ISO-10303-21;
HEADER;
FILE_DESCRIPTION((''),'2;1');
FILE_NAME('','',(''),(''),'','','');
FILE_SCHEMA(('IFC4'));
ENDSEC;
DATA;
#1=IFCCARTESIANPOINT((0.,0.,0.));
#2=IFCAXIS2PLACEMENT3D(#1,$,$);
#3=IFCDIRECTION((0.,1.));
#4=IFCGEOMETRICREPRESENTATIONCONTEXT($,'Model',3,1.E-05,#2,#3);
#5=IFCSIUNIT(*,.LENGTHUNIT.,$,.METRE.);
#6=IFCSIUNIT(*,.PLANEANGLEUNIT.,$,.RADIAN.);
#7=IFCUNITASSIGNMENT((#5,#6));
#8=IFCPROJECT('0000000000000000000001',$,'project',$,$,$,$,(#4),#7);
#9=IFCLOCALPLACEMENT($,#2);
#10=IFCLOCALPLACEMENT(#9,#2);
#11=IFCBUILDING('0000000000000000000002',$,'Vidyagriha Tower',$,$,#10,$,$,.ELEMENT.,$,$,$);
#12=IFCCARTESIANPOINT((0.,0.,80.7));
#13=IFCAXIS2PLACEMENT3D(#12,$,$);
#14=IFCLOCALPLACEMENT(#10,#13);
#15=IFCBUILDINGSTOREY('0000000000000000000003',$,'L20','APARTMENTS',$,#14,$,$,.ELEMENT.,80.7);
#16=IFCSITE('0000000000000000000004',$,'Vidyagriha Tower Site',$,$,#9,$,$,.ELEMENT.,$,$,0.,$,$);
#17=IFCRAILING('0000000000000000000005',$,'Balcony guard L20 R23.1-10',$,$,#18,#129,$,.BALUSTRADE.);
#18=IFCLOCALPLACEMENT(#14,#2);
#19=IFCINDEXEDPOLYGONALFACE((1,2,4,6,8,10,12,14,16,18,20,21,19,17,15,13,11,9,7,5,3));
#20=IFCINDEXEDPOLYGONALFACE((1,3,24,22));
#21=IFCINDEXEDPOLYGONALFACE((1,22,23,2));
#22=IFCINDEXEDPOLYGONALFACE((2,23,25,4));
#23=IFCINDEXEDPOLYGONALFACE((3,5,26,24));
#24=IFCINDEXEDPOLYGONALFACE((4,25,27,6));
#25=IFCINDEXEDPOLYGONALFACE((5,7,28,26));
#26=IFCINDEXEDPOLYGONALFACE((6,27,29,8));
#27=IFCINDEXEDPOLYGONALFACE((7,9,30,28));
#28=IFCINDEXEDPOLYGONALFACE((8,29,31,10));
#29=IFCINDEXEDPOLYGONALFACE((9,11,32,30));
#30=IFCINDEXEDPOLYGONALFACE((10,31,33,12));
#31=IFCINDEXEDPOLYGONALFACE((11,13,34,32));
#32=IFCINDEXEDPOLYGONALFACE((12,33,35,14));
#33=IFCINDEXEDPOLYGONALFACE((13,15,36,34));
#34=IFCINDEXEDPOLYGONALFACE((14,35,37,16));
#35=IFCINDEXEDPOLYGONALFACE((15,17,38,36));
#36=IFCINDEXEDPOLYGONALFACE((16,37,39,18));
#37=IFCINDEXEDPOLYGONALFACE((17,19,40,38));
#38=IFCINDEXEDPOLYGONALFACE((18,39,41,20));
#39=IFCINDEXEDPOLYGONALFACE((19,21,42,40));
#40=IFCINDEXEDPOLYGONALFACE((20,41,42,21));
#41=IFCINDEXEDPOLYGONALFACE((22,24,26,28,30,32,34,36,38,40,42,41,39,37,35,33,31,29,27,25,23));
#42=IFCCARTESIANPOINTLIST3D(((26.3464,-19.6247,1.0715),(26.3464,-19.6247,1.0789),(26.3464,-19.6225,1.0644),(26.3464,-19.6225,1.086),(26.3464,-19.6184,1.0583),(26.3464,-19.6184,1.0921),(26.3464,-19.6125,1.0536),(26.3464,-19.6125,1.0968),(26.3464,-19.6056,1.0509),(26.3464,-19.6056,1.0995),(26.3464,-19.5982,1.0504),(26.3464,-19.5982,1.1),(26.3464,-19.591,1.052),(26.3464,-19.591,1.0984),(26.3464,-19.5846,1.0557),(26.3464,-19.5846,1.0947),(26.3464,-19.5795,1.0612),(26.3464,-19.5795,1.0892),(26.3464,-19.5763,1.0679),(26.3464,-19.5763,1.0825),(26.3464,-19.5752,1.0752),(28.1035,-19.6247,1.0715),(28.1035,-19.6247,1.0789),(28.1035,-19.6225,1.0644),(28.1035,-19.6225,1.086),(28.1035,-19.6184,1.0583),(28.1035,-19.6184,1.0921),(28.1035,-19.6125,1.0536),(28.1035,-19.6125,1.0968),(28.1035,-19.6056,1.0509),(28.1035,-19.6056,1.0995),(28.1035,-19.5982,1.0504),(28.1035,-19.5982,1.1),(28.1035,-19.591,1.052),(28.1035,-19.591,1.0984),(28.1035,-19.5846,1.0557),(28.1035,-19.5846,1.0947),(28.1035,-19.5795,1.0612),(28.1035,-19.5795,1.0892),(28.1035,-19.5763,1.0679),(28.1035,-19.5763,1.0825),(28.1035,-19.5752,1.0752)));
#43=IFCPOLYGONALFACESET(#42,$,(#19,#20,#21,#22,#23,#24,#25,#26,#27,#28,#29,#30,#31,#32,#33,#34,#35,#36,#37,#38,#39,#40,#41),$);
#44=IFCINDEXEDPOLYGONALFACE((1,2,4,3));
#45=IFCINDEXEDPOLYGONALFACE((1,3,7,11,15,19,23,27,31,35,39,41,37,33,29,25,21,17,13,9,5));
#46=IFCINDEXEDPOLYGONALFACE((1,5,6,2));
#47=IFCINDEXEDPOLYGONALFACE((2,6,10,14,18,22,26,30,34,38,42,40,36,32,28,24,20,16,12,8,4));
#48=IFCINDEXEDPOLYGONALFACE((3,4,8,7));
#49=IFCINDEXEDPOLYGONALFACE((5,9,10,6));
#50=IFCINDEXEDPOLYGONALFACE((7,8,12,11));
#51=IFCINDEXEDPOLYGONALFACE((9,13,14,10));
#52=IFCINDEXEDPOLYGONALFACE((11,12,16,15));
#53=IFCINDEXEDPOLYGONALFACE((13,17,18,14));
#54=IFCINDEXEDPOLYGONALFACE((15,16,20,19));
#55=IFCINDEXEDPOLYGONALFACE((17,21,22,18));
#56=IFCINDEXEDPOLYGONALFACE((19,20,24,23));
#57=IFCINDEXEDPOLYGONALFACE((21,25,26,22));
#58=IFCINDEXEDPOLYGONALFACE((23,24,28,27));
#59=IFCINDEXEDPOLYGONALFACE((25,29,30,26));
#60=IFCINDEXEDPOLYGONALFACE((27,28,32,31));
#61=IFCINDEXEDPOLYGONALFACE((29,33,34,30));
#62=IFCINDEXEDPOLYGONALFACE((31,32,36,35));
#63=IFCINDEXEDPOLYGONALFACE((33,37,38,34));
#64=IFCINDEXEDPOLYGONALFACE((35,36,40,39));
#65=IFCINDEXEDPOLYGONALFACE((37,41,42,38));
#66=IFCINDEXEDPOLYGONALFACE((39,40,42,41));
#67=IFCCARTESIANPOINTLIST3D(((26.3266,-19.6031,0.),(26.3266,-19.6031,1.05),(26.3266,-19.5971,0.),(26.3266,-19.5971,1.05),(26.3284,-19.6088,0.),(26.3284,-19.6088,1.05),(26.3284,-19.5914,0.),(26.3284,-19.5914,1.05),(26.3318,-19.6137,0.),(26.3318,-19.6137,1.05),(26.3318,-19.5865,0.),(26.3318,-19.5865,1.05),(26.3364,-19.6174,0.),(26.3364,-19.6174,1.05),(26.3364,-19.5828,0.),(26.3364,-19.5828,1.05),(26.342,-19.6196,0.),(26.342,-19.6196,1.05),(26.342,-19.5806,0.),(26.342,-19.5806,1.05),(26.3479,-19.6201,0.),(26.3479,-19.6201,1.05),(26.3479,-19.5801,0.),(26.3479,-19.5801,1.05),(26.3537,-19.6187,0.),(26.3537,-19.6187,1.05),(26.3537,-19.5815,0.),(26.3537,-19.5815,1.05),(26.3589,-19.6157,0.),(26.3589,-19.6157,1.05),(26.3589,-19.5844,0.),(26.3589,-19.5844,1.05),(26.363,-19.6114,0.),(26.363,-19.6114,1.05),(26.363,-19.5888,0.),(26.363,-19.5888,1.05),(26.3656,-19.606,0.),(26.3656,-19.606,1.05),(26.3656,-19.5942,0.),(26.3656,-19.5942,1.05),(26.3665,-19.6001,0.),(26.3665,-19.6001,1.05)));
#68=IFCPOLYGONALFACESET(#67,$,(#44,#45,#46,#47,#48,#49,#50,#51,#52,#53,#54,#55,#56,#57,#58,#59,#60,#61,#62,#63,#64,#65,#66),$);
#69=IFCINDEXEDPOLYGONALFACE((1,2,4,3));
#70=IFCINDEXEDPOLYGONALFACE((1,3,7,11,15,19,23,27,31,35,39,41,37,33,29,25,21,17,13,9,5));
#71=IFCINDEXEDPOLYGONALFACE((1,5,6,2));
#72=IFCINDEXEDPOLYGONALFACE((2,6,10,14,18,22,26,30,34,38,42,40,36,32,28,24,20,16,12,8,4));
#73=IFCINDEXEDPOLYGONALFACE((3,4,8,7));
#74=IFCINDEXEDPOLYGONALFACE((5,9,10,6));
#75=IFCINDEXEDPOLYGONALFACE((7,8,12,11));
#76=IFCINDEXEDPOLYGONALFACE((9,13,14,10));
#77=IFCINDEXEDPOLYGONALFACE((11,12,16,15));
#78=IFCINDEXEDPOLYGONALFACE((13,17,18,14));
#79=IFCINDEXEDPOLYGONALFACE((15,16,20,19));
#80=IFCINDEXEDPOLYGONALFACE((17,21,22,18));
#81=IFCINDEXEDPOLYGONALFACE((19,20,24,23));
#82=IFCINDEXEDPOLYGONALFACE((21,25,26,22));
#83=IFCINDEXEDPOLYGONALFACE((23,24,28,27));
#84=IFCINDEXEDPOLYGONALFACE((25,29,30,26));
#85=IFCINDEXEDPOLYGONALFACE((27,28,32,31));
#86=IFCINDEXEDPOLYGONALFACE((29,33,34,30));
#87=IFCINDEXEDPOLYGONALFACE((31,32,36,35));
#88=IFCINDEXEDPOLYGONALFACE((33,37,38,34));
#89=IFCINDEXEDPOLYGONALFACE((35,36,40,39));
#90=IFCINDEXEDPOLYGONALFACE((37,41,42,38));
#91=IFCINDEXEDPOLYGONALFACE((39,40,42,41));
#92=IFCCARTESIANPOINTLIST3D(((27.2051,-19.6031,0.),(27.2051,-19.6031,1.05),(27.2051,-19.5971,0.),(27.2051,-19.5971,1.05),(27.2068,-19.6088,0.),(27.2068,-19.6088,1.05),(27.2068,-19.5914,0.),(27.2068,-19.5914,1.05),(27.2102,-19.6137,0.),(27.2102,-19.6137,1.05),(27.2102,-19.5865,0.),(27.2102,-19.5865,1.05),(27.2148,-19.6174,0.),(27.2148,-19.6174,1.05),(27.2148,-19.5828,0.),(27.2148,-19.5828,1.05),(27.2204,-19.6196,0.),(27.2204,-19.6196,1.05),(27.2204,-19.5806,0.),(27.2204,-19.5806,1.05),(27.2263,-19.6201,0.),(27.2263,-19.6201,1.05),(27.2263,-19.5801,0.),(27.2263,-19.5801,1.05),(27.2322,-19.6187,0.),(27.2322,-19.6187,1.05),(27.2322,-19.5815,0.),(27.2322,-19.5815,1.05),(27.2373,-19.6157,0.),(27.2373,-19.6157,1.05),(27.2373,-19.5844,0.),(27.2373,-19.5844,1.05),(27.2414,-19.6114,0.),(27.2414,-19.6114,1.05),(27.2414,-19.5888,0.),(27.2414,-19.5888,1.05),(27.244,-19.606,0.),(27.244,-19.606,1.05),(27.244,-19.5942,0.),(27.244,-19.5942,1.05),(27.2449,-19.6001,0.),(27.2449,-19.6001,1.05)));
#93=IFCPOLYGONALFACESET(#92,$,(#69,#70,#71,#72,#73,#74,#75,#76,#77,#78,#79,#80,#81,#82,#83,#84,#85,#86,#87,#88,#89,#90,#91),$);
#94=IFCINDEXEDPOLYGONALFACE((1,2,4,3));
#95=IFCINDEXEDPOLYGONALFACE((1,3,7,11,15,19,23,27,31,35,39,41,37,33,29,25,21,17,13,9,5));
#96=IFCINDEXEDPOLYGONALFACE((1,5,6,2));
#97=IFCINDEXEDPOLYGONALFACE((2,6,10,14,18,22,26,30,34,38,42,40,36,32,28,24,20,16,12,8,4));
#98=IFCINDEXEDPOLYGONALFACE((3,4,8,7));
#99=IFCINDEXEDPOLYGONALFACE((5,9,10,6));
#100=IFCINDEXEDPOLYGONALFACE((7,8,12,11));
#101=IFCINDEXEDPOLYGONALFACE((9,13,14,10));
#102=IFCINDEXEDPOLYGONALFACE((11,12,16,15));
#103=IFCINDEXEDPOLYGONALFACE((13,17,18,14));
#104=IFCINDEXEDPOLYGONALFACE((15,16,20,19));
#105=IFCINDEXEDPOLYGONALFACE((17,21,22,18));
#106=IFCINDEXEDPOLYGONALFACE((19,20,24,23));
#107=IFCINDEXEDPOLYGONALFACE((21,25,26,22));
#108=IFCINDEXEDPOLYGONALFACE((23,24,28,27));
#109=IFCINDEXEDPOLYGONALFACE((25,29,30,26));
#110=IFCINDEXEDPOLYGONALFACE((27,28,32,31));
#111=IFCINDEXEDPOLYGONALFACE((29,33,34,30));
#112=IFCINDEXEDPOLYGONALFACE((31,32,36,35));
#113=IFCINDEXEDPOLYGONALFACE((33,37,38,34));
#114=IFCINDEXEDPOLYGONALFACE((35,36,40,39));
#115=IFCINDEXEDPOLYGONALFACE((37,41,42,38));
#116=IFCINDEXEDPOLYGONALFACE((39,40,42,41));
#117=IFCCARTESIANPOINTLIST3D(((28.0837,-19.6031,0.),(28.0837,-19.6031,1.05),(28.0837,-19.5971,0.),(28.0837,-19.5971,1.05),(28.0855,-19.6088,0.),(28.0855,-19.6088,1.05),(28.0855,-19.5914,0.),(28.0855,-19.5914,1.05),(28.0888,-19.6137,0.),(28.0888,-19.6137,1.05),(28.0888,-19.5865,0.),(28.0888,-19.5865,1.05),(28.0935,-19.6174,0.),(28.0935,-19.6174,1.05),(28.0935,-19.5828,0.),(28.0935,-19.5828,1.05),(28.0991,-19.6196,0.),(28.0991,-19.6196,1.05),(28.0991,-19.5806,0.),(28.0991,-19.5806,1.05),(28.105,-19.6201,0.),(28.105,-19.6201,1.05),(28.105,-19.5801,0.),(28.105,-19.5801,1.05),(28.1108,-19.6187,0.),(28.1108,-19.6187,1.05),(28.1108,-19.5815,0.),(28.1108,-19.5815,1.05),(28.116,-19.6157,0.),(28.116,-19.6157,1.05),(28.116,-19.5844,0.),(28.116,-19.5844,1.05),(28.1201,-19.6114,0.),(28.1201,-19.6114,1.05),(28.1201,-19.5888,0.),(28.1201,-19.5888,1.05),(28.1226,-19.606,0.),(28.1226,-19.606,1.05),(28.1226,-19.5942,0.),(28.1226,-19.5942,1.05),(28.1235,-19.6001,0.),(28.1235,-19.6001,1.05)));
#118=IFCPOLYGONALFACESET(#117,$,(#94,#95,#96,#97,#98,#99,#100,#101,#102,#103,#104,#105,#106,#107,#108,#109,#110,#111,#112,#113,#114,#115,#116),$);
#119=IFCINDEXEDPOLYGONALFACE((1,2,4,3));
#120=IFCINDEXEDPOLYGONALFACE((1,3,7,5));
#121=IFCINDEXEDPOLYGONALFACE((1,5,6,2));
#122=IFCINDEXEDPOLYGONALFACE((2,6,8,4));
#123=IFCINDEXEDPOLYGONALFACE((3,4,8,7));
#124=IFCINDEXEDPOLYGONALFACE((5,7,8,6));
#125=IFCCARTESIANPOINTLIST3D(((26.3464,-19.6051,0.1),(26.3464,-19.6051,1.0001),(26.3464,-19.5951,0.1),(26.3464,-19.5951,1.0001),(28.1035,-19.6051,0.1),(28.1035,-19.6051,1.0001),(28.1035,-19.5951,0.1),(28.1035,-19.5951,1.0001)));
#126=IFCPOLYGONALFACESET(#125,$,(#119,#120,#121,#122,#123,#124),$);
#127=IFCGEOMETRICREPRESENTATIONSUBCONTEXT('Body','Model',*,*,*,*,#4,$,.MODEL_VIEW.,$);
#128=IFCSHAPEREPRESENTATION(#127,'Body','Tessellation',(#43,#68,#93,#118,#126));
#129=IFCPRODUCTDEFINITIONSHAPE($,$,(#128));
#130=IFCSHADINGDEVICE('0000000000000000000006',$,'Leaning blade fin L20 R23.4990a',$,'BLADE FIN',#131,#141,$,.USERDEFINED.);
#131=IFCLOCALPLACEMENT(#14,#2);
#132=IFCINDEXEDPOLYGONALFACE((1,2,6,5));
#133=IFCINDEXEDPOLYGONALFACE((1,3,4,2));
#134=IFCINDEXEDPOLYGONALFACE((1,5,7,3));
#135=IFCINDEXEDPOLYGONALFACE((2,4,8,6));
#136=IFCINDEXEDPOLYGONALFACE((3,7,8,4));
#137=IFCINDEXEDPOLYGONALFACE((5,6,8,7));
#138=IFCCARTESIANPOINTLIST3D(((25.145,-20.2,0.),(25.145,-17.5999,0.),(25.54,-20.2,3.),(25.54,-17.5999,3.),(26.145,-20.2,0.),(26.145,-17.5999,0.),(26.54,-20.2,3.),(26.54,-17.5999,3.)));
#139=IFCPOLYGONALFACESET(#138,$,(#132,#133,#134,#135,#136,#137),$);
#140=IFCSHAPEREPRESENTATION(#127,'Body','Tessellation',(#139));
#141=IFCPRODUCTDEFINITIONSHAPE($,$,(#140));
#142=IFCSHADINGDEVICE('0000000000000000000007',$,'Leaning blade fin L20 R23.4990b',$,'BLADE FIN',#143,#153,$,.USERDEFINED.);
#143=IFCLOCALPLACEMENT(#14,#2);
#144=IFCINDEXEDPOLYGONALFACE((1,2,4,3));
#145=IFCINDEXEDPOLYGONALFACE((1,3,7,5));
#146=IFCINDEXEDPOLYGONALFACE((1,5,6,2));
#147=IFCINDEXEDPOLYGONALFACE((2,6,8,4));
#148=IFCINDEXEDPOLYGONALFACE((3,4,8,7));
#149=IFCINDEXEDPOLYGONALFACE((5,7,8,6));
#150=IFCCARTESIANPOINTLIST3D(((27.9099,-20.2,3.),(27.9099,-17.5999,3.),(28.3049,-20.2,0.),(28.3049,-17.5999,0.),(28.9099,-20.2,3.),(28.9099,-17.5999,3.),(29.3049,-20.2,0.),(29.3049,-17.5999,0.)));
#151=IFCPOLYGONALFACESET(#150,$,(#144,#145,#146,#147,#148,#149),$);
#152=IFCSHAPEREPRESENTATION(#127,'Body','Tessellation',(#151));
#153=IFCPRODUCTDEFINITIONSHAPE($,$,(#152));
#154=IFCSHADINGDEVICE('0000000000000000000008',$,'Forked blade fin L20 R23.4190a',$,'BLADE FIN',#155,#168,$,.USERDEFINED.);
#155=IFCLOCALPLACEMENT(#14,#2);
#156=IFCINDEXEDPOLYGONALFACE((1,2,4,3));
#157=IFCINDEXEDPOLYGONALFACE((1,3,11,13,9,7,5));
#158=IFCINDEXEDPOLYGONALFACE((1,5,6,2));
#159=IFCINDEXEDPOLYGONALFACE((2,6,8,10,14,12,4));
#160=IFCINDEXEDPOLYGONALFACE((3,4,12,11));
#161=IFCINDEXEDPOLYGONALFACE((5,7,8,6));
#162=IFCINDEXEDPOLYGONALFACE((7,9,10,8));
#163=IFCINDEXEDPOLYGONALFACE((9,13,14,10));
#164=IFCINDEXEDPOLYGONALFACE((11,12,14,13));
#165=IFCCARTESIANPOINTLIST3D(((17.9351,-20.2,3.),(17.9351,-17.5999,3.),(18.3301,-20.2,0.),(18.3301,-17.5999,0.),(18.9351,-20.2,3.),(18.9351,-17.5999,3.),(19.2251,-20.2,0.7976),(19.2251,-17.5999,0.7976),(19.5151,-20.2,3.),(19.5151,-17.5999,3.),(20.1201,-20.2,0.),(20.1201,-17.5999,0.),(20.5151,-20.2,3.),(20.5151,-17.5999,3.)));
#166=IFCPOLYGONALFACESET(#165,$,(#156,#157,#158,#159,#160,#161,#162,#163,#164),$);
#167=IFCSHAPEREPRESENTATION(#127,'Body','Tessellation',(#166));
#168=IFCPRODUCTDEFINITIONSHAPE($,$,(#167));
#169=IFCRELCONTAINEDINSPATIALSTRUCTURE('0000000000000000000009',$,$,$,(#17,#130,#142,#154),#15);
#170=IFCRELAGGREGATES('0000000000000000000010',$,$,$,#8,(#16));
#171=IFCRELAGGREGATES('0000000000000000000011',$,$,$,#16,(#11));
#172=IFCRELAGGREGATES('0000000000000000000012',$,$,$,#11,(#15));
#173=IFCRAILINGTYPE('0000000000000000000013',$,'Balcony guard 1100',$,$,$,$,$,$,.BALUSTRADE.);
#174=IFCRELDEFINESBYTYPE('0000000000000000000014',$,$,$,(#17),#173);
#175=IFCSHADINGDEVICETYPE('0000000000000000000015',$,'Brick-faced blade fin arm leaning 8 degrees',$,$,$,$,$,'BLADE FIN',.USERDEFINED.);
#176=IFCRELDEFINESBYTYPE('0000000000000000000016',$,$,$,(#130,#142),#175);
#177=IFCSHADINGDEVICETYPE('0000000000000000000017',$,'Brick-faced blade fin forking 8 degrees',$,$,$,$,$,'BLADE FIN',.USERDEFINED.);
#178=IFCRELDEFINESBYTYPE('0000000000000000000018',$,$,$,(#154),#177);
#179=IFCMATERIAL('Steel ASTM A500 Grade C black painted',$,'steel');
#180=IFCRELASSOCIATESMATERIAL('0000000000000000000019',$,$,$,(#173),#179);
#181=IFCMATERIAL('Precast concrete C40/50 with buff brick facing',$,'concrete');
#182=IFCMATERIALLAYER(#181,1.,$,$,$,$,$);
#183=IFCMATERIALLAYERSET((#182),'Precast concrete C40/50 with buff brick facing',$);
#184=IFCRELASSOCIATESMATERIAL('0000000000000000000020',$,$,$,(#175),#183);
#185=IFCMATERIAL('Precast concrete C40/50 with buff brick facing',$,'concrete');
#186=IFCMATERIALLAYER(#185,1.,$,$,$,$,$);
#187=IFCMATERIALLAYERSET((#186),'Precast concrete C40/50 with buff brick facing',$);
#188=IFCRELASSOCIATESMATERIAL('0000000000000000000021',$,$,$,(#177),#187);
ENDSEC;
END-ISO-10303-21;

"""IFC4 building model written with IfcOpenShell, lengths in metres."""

from ifc_helpers import new_model, si_unit, direction, frame, origin, origin_2d, place, context, subcontext, project, spatial, polyline, rectangle, circle, outline, extrude, material, layer, layer_set, type_object, element, save


model = new_model("IFC4")

# Units and contexts
model_context = context("Model", 3, precision=1e-05, world=origin(), true_north=direction((0.0, 1.0)))
body_context = subcontext(model_context, "Body", "Model", "MODEL_VIEW")
ifc_project = project(units=[si_unit("LENGTHUNIT", "METRE"), si_unit("PLANEANGLEUNIT", "RADIAN")], contexts=[model_context])

# Site, building, storey
site_placement = place(None, origin())
site = spatial("IfcSite", under=ifc_project, at=site_placement, Name="Vidyagriha Tower Site", CompositionType="ELEMENT", RefElevation=0.0)
building_placement = place(site_placement, origin())
building = spatial("IfcBuilding", under=site, at=building_placement, Name="Vidyagriha Tower", CompositionType="ELEMENT")
storey_placement = place(building_placement, frame((0.0, 0.0, 80.7)))
storey = spatial("IfcBuildingStorey", under=building, at=storey_placement, Name="L20", Description="APARTMENTS", CompositionType="ELEMENT", Elevation=80.7)

# Railing
ifc_material_1 = material(Name="Steel ASTM A500 Grade C black painted", Category="steel")
railing_type = type_object("IfcRailingType", Name="Balcony guard 1100", PredefinedType="BALUSTRADE", material=ifc_material_1)
railing_1_placement = place(storey_placement, frame((26.3464, -19.6001, 0.0)))
element("IfcRailing", 1, at=railing_1_placement, inside=storey, type_object=railing_type, Name="Balcony guard L20 R23.1-10", PredefinedType="BALUSTRADE", context=body_context, shape_type="SweptSolid", body=[
    extrude(circle(Radius=0.0249, at=origin_2d()), frame((0.0, 0.0, 1.0752), z_axis=(1.0, 0.0, 0.0), x_axis=(0.0, 1.0, 0.0)), (0.0, 0.0, 1.0), 1.7571),
    extrude(circle(Radius=0.02, at=origin_2d()), origin(), (0.0, 0.0, 1.0), 1.05),
    extrude(circle(Radius=0.02, at=origin_2d()), frame((0.8784, 0.0, 0.0)), (0.0, 0.0, 1.0), 1.05),
    extrude(circle(Radius=0.02, at=origin_2d()), frame((1.7571, 0.0, 0.0)), (0.0, 0.0, 1.0), 1.05),
    extrude(rectangle(XDim=0.01, YDim=0.9001, at=origin_2d()), frame((0.0, 0.0, 0.55), z_axis=(1.0, 0.0, 0.0), x_axis=(0.0, 1.0, 0.0)), (0.0, 0.0, 1.0), 1.7571),
])

# Shading devices
ifc_material_2 = material(Name="Precast concrete C40/50 with buff brick facing", Category="concrete")
ifc_layer_1 = layer(ifc_material_2, 1.0)
ifc_layer_set_1 = layer_set([ifc_layer_1], Name="Precast concrete C40/50 with buff brick facing")
shading_device_type_1 = type_object("IfcShadingDeviceType", Name="Brick-faced blade fin arm leaning 8 degrees", ElementType="BLADE FIN", PredefinedType="USERDEFINED", material=ifc_layer_set_1)
shading_device_1_placement = place(storey_placement, frame((25.145, -18.8999, 0.0)))
element("IfcShadingDevice", 2, at=shading_device_1_placement, inside=storey, type_object=shading_device_type_1, Name="Leaning blade fin L20 R23.4990a", ObjectType="BLADE FIN", PredefinedType="USERDEFINED", context=body_context, shape_type="SweptSolid", body=[
    extrude(outline(polyline([(0.0, 0.0), (1.0, 0.0), (1.395, 3.0), (0.395, 3.0), (0.0, 0.0)])), frame((0.0, 1.3, 0.0), z_axis=(0.0, -1.0, 0.0), x_axis=(1.0, 0.0, 0.0)), (0.0, 0.0, 1.0), 2.6001),
])
shading_device_2_placement = place(storey_placement, frame((27.9099, -18.8999, 0.0)))
element("IfcShadingDevice", 3, at=shading_device_2_placement, inside=storey, type_object=shading_device_type_1, Name="Leaning blade fin L20 R23.4990b", ObjectType="BLADE FIN", PredefinedType="USERDEFINED", context=body_context, shape_type="SweptSolid", body=[
    extrude(outline(polyline([(0.395, 0.0), (1.395, 0.0), (1.0, 3.0), (0.0, 3.0), (0.395, 0.0)])), frame((0.0, 1.3, 0.0), z_axis=(0.0, -1.0, 0.0), x_axis=(1.0, 0.0, 0.0)), (0.0, 0.0, 1.0), 2.6001),
])
ifc_material_3 = material(Name="Precast concrete C40/50 with buff brick facing", Category="concrete")
ifc_layer_2 = layer(ifc_material_3, 1.0)
ifc_layer_set_2 = layer_set([ifc_layer_2], Name="Precast concrete C40/50 with buff brick facing")
shading_device_type_2 = type_object("IfcShadingDeviceType", Name="Brick-faced blade fin forking 8 degrees", ElementType="BLADE FIN", PredefinedType="USERDEFINED", material=ifc_layer_set_2)
shading_device_3_placement = place(storey_placement, frame((17.9351, -18.8999, 0.0)))
element("IfcShadingDevice", 4, at=shading_device_3_placement, inside=storey, type_object=shading_device_type_2, Name="Forked blade fin L20 R23.4190a", ObjectType="BLADE FIN", PredefinedType="USERDEFINED", context=body_context, shape_type="SweptSolid", body=[
    extrude(outline(polyline([(0.395, 0.0), (2.1851, 0.0), (2.5801, 3.0), (1.5801, 3.0), (1.29, 0.7976), (1.0, 3.0), (0.0, 3.0), (0.395, 0.0)])), frame((0.0, 1.3, 0.0), z_axis=(0.0, -1.0, 0.0), x_axis=(1.0, 0.0, 0.0)), (0.0, 0.0, 1.0), 2.6001),
])

save(model, "model.ifc")
